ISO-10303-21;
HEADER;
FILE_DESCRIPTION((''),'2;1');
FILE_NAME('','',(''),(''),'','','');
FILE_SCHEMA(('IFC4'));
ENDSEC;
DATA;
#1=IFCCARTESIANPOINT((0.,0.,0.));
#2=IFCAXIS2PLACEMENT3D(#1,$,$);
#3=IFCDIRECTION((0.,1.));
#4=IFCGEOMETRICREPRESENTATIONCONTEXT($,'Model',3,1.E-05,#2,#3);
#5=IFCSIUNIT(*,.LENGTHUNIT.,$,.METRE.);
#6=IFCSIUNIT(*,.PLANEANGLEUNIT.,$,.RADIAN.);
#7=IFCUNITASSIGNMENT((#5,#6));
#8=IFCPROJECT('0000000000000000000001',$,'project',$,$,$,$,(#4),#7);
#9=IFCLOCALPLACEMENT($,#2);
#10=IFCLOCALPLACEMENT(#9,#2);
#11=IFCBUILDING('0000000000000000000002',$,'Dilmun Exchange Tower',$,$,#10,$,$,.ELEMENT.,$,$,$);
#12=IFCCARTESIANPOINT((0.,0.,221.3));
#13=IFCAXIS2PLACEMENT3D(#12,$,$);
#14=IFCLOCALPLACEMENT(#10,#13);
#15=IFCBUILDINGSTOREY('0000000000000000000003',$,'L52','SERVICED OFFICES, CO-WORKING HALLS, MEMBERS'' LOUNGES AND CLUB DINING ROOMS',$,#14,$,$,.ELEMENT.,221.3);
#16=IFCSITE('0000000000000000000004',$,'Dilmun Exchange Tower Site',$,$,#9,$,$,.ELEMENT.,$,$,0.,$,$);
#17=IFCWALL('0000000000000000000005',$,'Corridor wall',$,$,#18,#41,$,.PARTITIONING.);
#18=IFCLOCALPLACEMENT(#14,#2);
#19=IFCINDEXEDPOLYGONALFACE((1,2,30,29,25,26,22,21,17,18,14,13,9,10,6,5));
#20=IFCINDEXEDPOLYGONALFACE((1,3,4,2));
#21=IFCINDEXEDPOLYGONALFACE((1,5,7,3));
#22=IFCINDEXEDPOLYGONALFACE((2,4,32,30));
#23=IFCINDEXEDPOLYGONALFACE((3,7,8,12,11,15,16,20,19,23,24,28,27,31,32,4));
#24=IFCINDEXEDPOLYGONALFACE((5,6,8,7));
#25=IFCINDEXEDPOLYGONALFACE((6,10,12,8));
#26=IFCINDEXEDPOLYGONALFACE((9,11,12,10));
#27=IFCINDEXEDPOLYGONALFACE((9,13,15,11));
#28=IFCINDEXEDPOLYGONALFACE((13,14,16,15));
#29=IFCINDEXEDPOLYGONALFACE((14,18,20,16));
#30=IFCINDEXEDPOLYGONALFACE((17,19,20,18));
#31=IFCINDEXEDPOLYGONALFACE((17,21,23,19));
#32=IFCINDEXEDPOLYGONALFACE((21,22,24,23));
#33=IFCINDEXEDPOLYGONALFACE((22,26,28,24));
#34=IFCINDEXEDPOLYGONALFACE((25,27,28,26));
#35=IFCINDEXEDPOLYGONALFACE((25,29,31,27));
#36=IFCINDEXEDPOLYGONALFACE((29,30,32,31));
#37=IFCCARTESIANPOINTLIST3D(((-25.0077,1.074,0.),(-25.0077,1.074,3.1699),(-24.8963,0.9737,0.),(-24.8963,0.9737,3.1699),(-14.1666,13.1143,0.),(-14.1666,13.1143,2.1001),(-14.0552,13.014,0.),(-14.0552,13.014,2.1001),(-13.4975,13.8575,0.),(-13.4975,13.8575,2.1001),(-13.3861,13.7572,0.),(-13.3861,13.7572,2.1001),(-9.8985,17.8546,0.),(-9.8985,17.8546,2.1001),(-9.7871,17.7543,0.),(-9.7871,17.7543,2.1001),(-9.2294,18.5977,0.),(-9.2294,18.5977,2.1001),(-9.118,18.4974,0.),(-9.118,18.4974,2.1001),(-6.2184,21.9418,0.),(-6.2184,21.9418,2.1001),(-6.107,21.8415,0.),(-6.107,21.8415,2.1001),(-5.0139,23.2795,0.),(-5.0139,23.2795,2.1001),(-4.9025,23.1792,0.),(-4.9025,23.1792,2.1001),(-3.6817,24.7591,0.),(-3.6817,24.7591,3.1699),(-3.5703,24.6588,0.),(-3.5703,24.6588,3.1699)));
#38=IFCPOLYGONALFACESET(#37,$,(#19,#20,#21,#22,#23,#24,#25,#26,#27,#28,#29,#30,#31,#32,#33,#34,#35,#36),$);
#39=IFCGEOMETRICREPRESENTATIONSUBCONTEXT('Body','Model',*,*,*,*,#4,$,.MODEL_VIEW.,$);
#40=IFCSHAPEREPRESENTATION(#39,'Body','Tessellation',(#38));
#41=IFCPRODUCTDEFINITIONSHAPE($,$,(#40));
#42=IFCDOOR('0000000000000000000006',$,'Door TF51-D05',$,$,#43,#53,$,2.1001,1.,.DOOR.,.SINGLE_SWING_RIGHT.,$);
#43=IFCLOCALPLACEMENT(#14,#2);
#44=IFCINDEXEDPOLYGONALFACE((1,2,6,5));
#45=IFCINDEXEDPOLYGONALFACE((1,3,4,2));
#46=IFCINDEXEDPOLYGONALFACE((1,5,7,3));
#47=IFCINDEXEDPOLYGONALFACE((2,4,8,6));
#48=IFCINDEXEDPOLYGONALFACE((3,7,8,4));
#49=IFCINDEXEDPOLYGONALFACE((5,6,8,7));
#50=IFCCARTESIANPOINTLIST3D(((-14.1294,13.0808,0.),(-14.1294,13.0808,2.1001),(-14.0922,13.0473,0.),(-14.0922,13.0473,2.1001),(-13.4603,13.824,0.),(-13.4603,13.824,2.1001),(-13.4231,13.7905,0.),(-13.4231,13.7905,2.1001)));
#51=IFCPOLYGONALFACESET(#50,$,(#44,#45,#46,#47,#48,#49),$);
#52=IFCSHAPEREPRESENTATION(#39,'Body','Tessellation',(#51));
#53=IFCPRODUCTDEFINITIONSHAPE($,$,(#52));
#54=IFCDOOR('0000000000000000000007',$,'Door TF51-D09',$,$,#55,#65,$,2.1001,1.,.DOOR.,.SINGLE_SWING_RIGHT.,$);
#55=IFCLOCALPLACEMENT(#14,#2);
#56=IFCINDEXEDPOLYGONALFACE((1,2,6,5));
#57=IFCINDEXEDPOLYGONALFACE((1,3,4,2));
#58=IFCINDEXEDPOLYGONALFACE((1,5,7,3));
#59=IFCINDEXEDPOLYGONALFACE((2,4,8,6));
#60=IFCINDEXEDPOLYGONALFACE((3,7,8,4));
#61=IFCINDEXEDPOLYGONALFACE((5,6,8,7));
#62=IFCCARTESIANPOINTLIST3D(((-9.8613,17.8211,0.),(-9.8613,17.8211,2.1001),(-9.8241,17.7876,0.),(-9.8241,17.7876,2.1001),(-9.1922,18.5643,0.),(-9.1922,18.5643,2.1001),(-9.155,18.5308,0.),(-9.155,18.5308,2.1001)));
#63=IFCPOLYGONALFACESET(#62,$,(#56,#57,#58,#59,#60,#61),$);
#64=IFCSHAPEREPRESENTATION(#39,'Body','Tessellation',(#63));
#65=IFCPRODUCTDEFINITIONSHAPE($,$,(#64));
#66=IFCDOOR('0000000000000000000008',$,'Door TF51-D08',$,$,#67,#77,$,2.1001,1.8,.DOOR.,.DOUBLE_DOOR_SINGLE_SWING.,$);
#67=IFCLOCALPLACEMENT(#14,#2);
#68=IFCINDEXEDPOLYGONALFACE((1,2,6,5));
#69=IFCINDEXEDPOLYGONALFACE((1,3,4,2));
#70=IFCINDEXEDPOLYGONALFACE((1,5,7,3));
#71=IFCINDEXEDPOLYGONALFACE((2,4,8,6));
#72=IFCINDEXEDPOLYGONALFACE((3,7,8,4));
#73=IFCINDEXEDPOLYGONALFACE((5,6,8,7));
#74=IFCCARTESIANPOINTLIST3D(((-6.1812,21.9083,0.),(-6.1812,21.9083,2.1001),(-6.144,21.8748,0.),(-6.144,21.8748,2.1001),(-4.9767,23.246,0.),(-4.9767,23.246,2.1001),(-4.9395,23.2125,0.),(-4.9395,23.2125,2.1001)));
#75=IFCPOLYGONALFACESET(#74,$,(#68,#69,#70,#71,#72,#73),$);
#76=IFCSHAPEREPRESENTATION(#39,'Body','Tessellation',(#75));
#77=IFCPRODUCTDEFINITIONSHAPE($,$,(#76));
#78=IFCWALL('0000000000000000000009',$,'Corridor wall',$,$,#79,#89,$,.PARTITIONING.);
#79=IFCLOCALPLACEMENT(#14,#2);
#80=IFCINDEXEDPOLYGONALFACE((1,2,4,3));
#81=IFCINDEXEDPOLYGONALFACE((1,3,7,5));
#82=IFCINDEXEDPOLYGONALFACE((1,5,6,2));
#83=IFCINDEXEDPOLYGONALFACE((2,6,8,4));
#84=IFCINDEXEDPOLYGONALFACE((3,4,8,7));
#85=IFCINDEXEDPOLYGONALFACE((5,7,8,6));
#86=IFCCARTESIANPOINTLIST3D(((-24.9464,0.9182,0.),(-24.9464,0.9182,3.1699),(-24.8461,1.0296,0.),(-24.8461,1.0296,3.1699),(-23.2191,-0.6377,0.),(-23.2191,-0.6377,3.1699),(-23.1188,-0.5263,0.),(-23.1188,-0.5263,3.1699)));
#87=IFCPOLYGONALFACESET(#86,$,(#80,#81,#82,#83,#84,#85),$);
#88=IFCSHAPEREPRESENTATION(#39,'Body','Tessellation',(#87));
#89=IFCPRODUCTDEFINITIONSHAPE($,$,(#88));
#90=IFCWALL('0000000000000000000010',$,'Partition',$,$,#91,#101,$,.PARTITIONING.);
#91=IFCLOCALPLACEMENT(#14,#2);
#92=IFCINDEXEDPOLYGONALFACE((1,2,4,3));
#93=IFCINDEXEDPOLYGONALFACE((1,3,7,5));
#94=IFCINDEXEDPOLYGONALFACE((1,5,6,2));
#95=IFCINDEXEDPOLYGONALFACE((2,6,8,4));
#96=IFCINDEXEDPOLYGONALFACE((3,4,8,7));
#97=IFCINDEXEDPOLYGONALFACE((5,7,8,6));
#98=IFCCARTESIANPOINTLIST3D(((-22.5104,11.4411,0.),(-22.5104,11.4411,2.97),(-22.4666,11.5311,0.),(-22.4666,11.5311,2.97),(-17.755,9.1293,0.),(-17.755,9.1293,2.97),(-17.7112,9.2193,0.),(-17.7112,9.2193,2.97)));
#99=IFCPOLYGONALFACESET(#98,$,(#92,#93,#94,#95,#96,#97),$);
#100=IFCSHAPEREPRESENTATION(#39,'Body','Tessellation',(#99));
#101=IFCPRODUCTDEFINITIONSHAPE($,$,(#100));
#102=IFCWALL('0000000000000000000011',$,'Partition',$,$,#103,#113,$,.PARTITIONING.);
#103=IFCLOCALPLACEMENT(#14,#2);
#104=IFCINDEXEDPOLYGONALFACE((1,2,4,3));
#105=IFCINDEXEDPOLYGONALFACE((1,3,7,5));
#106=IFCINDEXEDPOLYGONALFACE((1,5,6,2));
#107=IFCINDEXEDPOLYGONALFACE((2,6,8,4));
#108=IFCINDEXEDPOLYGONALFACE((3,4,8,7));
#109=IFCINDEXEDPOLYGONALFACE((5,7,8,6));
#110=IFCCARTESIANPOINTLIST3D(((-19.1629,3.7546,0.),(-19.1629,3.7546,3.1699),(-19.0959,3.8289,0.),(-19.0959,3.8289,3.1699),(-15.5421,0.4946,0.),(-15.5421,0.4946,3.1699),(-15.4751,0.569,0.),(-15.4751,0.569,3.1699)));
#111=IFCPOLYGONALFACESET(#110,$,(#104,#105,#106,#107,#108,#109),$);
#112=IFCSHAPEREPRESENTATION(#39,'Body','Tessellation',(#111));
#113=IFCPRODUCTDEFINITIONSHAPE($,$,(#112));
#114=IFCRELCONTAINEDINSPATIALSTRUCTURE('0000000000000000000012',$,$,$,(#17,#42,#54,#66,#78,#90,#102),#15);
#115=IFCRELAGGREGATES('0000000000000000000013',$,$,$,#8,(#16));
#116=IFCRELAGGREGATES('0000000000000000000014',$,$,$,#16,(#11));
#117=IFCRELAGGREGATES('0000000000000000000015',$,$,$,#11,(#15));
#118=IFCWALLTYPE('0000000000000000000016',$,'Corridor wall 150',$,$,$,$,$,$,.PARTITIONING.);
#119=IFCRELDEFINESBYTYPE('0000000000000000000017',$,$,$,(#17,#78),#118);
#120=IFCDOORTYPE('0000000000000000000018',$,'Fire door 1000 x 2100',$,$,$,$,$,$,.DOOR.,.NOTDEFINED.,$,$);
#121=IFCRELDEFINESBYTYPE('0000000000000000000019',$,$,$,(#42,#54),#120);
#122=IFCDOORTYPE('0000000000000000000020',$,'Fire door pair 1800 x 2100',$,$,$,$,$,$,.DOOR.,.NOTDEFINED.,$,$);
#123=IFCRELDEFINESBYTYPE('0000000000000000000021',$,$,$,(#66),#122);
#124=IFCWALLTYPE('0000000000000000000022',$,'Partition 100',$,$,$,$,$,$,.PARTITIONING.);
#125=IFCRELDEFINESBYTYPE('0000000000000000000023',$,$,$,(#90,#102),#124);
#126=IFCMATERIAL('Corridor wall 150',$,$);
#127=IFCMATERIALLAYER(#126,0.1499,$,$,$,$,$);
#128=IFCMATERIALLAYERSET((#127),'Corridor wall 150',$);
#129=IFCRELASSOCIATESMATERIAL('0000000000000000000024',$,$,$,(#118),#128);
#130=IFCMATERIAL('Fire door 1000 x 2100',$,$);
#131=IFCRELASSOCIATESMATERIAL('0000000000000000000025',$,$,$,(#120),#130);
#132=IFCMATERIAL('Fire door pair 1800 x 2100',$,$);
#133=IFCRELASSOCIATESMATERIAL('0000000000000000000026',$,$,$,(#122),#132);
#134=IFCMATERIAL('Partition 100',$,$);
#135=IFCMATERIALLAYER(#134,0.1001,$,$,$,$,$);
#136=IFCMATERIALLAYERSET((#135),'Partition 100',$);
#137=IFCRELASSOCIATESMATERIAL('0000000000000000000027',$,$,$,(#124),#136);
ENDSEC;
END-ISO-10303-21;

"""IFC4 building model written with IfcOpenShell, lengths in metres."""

from ifc_helpers import new_model, si_unit, direction, frame, frame_2d, origin, place, context, subcontext, project, spatial, rectangle, extrude, material, layer, layer_set, type_object, element, fill, save


model = new_model("IFC4")

# Units and contexts
model_context = context("Model", 3, precision=1e-05, world=origin(), true_north=direction((0.0, 1.0)))
body_context = subcontext(model_context, "Body", "Model", "MODEL_VIEW")
ifc_project = project(units=[si_unit("LENGTHUNIT", "METRE"), si_unit("PLANEANGLEUNIT", "RADIAN")], contexts=[model_context])

# Site, building, storey
site_placement = place(None, origin())
site = spatial("IfcSite", under=ifc_project, at=site_placement, Name="Dilmun Exchange Tower Site", CompositionType="ELEMENT", RefElevation=0.0)
building_placement = place(site_placement, origin())
building = spatial("IfcBuilding", under=site, at=building_placement, Name="Dilmun Exchange Tower", CompositionType="ELEMENT")
storey_placement = place(building_placement, frame((0.0, 0.0, 221.3)))
storey = spatial("IfcBuildingStorey", under=building, at=storey_placement, Name="L52", Description="SERVICED OFFICES, CO-WORKING HALLS, MEMBERS' LOUNGES AND CLUB DINING ROOMS", CompositionType="ELEMENT", Elevation=221.3)

# Wall, openings, doors
ifc_material_1 = material(Name="Corridor wall 150")
ifc_layer_1 = layer(ifc_material_1, 0.1499)
ifc_layer_set_1 = layer_set([ifc_layer_1], Name="Corridor wall 150")
wall_type_1 = type_object("IfcWallType", Name="Corridor wall 150", PredefinedType="PARTITIONING", material=ifc_layer_set_1)
wall_1_placement = place(storey_placement, frame((-24.9519, 1.0239, 0.0), z_axis=(0.0, 0.0, 1.0), x_axis=(0.669127, 0.743148, 0.0)))
wall_1 = element("IfcWall", 1, at=wall_1_placement, inside=storey, type_object=wall_type_1, Name="Corridor wall", PredefinedType="PARTITIONING", context=body_context, shape_type="SweptSolid", body=[
    extrude(rectangle(XDim=31.8713, YDim=0.1499, at=frame_2d((15.9355, 0.0))), origin(), (0.0, 0.0, 1.0), 3.1699),
])
opening_1_placement = place(wall_1_placement, frame((16.2017, 0.0, 0.0)))
opening_1 = element("IfcOpeningElement", 2, at=opening_1_placement, cuts=wall_1, PredefinedType="OPENING", context=body_context, shape_type="SweptSolid", body=[
    extrude(rectangle(XDim=1.0, YDim=2.1001, at=frame_2d((0.5, 1.05))), frame((0.0, 0.085, 0.0), z_axis=(0.0, -1.0, 0.0), x_axis=(1.0, 0.0, 0.0)), (0.0, 0.0, 1.0), 0.1699),
])
opening_2_placement = place(wall_1_placement, frame((28.0803, 0.0, 0.0)))
opening_2 = element("IfcOpeningElement", 3, at=opening_2_placement, cuts=wall_1, PredefinedType="OPENING", context=body_context, shape_type="SweptSolid", body=[
    extrude(rectangle(XDim=1.8, YDim=2.1001, at=frame_2d((0.8999, 1.05))), frame((0.0, 0.085, 0.0), z_axis=(0.0, -1.0, 0.0), x_axis=(1.0, 0.0, 0.0)), (0.0, 0.0, 1.0), 0.1699),
])
opening_3_placement = place(wall_1_placement, frame((22.5803, 0.0, 0.0)))
opening_3 = element("IfcOpeningElement", 4, at=opening_3_placement, cuts=wall_1, PredefinedType="OPENING", context=body_context, shape_type="SweptSolid", body=[
    extrude(rectangle(XDim=1.0, YDim=2.1001, at=frame_2d((0.5, 1.05))), frame((0.0, 0.085, 0.0), z_axis=(0.0, -1.0, 0.0), x_axis=(1.0, 0.0, 0.0)), (0.0, 0.0, 1.0), 0.1699),
])
ifc_material_2 = material(Name="Fire door 1000 x 2100")
door_type_1 = type_object("IfcDoorType", Name="Fire door 1000 x 2100", OperationType="NOTDEFINED", PredefinedType="DOOR", material=ifc_material_2)
door_1_placement = place(opening_1_placement, origin())
door_1 = element("IfcDoor", 5, at=door_1_placement, inside=storey, type_object=door_type_1, Name="Door TF51-D05", OperationType="SINGLE_SWING_RIGHT", OverallHeight=2.1001, OverallWidth=1.0, PredefinedType="DOOR", context=body_context, shape_type="SweptSolid", body=[
    extrude(rectangle(XDim=1.0, YDim=2.1001, at=frame_2d((0.5, 1.05))), frame((0.0, 0.0249, 0.0), z_axis=(0.0, -1.0, 0.0), x_axis=(1.0, 0.0, 0.0)), (0.0, 0.0, 1.0), 0.05),
])
fill(opening_1, door_1)
door_2_placement = place(opening_3_placement, origin())
door_2 = element("IfcDoor", 6, at=door_2_placement, inside=storey, type_object=door_type_1, Name="Door TF51-D09", OperationType="SINGLE_SWING_RIGHT", OverallHeight=2.1001, OverallWidth=1.0, PredefinedType="DOOR", context=body_context, shape_type="SweptSolid", body=[
    extrude(rectangle(XDim=1.0, YDim=2.1001, at=frame_2d((0.5, 1.05))), frame((0.0, 0.0249, 0.0), z_axis=(0.0, -1.0, 0.0), x_axis=(1.0, 0.0, 0.0)), (0.0, 0.0, 1.0), 0.05),
])
fill(opening_3, door_2)
ifc_material_3 = material(Name="Fire door pair 1800 x 2100")
door_type_2 = type_object("IfcDoorType", Name="Fire door pair 1800 x 2100", OperationType="NOTDEFINED", PredefinedType="DOOR", material=ifc_material_3)
door_3_placement = place(opening_2_placement, origin())
door_3 = element("IfcDoor", 7, at=door_3_placement, inside=storey, type_object=door_type_2, Name="Door TF51-D08", OperationType="DOUBLE_DOOR_SINGLE_SWING", OverallHeight=2.1001, OverallWidth=1.8, PredefinedType="DOOR", context=body_context, shape_type="SweptSolid", body=[
    extrude(rectangle(XDim=1.8, YDim=2.1001, at=frame_2d((0.8999, 1.05))), frame((0.0, 0.0249, 0.0), z_axis=(0.0, -1.0, 0.0), x_axis=(1.0, 0.0, 0.0)), (0.0, 0.0, 1.0), 0.05),
])
fill(opening_2, door_3)

# Walls
wall_2_placement = place(storey_placement, frame((-24.8962, 0.9739, 0.0), z_axis=(0.0, 0.0, 1.0), x_axis=(0.743007, -0.669284, 0.0)))
element("IfcWall", 8, at=wall_2_placement, inside=storey, type_object=wall_type_1, Name="Corridor wall", PredefinedType="PARTITIONING", context=body_context, shape_type="SweptSolid", body=[
    extrude(rectangle(XDim=2.3247, YDim=0.1499, at=frame_2d((1.1624, 0.0))), origin(), (0.0, 0.0, 1.0), 3.1699),
])
ifc_material_4 = material(Name="Partition 100")
ifc_layer_2 = layer(ifc_material_4, 0.1001)
ifc_layer_set_2 = layer_set([ifc_layer_2], Name="Partition 100")
wall_type_2 = type_object("IfcWallType", Name="Partition 100", PredefinedType="PARTITIONING", material=ifc_layer_set_2)
wall_3_placement = place(storey_placement, frame((-22.4885, 11.4861, 0.0), z_axis=(0.0, 0.0, 1.0), x_axis=(0.899358, -0.437212, 0.0)))
element("IfcWall", 9, at=wall_3_placement, inside=storey, type_object=wall_type_2, Name="Partition", PredefinedType="PARTITIONING", context=body_context, shape_type="SweptSolid", body=[
    extrude(rectangle(XDim=5.2876, YDim=0.1001, at=frame_2d((2.6438, 0.0))), origin(), (0.0, 0.0, 1.0), 2.97),
])
wall_4_placement = place(storey_placement, frame((-19.1294, 3.7917, 0.0), z_axis=(0.0, 0.0, 1.0), x_axis=(0.743167, -0.669106, 0.0)))
element("IfcWall", 10, at=wall_4_placement, inside=storey, type_object=wall_type_2, Name="Partition", PredefinedType="PARTITIONING", context=body_context, shape_type="SweptSolid", body=[
    extrude(rectangle(XDim=4.8721, YDim=0.1001, at=frame_2d((2.436, 0.0))), origin(), (0.0, 0.0, 1.0), 3.1699),
])

save(model, "model.ifc")
